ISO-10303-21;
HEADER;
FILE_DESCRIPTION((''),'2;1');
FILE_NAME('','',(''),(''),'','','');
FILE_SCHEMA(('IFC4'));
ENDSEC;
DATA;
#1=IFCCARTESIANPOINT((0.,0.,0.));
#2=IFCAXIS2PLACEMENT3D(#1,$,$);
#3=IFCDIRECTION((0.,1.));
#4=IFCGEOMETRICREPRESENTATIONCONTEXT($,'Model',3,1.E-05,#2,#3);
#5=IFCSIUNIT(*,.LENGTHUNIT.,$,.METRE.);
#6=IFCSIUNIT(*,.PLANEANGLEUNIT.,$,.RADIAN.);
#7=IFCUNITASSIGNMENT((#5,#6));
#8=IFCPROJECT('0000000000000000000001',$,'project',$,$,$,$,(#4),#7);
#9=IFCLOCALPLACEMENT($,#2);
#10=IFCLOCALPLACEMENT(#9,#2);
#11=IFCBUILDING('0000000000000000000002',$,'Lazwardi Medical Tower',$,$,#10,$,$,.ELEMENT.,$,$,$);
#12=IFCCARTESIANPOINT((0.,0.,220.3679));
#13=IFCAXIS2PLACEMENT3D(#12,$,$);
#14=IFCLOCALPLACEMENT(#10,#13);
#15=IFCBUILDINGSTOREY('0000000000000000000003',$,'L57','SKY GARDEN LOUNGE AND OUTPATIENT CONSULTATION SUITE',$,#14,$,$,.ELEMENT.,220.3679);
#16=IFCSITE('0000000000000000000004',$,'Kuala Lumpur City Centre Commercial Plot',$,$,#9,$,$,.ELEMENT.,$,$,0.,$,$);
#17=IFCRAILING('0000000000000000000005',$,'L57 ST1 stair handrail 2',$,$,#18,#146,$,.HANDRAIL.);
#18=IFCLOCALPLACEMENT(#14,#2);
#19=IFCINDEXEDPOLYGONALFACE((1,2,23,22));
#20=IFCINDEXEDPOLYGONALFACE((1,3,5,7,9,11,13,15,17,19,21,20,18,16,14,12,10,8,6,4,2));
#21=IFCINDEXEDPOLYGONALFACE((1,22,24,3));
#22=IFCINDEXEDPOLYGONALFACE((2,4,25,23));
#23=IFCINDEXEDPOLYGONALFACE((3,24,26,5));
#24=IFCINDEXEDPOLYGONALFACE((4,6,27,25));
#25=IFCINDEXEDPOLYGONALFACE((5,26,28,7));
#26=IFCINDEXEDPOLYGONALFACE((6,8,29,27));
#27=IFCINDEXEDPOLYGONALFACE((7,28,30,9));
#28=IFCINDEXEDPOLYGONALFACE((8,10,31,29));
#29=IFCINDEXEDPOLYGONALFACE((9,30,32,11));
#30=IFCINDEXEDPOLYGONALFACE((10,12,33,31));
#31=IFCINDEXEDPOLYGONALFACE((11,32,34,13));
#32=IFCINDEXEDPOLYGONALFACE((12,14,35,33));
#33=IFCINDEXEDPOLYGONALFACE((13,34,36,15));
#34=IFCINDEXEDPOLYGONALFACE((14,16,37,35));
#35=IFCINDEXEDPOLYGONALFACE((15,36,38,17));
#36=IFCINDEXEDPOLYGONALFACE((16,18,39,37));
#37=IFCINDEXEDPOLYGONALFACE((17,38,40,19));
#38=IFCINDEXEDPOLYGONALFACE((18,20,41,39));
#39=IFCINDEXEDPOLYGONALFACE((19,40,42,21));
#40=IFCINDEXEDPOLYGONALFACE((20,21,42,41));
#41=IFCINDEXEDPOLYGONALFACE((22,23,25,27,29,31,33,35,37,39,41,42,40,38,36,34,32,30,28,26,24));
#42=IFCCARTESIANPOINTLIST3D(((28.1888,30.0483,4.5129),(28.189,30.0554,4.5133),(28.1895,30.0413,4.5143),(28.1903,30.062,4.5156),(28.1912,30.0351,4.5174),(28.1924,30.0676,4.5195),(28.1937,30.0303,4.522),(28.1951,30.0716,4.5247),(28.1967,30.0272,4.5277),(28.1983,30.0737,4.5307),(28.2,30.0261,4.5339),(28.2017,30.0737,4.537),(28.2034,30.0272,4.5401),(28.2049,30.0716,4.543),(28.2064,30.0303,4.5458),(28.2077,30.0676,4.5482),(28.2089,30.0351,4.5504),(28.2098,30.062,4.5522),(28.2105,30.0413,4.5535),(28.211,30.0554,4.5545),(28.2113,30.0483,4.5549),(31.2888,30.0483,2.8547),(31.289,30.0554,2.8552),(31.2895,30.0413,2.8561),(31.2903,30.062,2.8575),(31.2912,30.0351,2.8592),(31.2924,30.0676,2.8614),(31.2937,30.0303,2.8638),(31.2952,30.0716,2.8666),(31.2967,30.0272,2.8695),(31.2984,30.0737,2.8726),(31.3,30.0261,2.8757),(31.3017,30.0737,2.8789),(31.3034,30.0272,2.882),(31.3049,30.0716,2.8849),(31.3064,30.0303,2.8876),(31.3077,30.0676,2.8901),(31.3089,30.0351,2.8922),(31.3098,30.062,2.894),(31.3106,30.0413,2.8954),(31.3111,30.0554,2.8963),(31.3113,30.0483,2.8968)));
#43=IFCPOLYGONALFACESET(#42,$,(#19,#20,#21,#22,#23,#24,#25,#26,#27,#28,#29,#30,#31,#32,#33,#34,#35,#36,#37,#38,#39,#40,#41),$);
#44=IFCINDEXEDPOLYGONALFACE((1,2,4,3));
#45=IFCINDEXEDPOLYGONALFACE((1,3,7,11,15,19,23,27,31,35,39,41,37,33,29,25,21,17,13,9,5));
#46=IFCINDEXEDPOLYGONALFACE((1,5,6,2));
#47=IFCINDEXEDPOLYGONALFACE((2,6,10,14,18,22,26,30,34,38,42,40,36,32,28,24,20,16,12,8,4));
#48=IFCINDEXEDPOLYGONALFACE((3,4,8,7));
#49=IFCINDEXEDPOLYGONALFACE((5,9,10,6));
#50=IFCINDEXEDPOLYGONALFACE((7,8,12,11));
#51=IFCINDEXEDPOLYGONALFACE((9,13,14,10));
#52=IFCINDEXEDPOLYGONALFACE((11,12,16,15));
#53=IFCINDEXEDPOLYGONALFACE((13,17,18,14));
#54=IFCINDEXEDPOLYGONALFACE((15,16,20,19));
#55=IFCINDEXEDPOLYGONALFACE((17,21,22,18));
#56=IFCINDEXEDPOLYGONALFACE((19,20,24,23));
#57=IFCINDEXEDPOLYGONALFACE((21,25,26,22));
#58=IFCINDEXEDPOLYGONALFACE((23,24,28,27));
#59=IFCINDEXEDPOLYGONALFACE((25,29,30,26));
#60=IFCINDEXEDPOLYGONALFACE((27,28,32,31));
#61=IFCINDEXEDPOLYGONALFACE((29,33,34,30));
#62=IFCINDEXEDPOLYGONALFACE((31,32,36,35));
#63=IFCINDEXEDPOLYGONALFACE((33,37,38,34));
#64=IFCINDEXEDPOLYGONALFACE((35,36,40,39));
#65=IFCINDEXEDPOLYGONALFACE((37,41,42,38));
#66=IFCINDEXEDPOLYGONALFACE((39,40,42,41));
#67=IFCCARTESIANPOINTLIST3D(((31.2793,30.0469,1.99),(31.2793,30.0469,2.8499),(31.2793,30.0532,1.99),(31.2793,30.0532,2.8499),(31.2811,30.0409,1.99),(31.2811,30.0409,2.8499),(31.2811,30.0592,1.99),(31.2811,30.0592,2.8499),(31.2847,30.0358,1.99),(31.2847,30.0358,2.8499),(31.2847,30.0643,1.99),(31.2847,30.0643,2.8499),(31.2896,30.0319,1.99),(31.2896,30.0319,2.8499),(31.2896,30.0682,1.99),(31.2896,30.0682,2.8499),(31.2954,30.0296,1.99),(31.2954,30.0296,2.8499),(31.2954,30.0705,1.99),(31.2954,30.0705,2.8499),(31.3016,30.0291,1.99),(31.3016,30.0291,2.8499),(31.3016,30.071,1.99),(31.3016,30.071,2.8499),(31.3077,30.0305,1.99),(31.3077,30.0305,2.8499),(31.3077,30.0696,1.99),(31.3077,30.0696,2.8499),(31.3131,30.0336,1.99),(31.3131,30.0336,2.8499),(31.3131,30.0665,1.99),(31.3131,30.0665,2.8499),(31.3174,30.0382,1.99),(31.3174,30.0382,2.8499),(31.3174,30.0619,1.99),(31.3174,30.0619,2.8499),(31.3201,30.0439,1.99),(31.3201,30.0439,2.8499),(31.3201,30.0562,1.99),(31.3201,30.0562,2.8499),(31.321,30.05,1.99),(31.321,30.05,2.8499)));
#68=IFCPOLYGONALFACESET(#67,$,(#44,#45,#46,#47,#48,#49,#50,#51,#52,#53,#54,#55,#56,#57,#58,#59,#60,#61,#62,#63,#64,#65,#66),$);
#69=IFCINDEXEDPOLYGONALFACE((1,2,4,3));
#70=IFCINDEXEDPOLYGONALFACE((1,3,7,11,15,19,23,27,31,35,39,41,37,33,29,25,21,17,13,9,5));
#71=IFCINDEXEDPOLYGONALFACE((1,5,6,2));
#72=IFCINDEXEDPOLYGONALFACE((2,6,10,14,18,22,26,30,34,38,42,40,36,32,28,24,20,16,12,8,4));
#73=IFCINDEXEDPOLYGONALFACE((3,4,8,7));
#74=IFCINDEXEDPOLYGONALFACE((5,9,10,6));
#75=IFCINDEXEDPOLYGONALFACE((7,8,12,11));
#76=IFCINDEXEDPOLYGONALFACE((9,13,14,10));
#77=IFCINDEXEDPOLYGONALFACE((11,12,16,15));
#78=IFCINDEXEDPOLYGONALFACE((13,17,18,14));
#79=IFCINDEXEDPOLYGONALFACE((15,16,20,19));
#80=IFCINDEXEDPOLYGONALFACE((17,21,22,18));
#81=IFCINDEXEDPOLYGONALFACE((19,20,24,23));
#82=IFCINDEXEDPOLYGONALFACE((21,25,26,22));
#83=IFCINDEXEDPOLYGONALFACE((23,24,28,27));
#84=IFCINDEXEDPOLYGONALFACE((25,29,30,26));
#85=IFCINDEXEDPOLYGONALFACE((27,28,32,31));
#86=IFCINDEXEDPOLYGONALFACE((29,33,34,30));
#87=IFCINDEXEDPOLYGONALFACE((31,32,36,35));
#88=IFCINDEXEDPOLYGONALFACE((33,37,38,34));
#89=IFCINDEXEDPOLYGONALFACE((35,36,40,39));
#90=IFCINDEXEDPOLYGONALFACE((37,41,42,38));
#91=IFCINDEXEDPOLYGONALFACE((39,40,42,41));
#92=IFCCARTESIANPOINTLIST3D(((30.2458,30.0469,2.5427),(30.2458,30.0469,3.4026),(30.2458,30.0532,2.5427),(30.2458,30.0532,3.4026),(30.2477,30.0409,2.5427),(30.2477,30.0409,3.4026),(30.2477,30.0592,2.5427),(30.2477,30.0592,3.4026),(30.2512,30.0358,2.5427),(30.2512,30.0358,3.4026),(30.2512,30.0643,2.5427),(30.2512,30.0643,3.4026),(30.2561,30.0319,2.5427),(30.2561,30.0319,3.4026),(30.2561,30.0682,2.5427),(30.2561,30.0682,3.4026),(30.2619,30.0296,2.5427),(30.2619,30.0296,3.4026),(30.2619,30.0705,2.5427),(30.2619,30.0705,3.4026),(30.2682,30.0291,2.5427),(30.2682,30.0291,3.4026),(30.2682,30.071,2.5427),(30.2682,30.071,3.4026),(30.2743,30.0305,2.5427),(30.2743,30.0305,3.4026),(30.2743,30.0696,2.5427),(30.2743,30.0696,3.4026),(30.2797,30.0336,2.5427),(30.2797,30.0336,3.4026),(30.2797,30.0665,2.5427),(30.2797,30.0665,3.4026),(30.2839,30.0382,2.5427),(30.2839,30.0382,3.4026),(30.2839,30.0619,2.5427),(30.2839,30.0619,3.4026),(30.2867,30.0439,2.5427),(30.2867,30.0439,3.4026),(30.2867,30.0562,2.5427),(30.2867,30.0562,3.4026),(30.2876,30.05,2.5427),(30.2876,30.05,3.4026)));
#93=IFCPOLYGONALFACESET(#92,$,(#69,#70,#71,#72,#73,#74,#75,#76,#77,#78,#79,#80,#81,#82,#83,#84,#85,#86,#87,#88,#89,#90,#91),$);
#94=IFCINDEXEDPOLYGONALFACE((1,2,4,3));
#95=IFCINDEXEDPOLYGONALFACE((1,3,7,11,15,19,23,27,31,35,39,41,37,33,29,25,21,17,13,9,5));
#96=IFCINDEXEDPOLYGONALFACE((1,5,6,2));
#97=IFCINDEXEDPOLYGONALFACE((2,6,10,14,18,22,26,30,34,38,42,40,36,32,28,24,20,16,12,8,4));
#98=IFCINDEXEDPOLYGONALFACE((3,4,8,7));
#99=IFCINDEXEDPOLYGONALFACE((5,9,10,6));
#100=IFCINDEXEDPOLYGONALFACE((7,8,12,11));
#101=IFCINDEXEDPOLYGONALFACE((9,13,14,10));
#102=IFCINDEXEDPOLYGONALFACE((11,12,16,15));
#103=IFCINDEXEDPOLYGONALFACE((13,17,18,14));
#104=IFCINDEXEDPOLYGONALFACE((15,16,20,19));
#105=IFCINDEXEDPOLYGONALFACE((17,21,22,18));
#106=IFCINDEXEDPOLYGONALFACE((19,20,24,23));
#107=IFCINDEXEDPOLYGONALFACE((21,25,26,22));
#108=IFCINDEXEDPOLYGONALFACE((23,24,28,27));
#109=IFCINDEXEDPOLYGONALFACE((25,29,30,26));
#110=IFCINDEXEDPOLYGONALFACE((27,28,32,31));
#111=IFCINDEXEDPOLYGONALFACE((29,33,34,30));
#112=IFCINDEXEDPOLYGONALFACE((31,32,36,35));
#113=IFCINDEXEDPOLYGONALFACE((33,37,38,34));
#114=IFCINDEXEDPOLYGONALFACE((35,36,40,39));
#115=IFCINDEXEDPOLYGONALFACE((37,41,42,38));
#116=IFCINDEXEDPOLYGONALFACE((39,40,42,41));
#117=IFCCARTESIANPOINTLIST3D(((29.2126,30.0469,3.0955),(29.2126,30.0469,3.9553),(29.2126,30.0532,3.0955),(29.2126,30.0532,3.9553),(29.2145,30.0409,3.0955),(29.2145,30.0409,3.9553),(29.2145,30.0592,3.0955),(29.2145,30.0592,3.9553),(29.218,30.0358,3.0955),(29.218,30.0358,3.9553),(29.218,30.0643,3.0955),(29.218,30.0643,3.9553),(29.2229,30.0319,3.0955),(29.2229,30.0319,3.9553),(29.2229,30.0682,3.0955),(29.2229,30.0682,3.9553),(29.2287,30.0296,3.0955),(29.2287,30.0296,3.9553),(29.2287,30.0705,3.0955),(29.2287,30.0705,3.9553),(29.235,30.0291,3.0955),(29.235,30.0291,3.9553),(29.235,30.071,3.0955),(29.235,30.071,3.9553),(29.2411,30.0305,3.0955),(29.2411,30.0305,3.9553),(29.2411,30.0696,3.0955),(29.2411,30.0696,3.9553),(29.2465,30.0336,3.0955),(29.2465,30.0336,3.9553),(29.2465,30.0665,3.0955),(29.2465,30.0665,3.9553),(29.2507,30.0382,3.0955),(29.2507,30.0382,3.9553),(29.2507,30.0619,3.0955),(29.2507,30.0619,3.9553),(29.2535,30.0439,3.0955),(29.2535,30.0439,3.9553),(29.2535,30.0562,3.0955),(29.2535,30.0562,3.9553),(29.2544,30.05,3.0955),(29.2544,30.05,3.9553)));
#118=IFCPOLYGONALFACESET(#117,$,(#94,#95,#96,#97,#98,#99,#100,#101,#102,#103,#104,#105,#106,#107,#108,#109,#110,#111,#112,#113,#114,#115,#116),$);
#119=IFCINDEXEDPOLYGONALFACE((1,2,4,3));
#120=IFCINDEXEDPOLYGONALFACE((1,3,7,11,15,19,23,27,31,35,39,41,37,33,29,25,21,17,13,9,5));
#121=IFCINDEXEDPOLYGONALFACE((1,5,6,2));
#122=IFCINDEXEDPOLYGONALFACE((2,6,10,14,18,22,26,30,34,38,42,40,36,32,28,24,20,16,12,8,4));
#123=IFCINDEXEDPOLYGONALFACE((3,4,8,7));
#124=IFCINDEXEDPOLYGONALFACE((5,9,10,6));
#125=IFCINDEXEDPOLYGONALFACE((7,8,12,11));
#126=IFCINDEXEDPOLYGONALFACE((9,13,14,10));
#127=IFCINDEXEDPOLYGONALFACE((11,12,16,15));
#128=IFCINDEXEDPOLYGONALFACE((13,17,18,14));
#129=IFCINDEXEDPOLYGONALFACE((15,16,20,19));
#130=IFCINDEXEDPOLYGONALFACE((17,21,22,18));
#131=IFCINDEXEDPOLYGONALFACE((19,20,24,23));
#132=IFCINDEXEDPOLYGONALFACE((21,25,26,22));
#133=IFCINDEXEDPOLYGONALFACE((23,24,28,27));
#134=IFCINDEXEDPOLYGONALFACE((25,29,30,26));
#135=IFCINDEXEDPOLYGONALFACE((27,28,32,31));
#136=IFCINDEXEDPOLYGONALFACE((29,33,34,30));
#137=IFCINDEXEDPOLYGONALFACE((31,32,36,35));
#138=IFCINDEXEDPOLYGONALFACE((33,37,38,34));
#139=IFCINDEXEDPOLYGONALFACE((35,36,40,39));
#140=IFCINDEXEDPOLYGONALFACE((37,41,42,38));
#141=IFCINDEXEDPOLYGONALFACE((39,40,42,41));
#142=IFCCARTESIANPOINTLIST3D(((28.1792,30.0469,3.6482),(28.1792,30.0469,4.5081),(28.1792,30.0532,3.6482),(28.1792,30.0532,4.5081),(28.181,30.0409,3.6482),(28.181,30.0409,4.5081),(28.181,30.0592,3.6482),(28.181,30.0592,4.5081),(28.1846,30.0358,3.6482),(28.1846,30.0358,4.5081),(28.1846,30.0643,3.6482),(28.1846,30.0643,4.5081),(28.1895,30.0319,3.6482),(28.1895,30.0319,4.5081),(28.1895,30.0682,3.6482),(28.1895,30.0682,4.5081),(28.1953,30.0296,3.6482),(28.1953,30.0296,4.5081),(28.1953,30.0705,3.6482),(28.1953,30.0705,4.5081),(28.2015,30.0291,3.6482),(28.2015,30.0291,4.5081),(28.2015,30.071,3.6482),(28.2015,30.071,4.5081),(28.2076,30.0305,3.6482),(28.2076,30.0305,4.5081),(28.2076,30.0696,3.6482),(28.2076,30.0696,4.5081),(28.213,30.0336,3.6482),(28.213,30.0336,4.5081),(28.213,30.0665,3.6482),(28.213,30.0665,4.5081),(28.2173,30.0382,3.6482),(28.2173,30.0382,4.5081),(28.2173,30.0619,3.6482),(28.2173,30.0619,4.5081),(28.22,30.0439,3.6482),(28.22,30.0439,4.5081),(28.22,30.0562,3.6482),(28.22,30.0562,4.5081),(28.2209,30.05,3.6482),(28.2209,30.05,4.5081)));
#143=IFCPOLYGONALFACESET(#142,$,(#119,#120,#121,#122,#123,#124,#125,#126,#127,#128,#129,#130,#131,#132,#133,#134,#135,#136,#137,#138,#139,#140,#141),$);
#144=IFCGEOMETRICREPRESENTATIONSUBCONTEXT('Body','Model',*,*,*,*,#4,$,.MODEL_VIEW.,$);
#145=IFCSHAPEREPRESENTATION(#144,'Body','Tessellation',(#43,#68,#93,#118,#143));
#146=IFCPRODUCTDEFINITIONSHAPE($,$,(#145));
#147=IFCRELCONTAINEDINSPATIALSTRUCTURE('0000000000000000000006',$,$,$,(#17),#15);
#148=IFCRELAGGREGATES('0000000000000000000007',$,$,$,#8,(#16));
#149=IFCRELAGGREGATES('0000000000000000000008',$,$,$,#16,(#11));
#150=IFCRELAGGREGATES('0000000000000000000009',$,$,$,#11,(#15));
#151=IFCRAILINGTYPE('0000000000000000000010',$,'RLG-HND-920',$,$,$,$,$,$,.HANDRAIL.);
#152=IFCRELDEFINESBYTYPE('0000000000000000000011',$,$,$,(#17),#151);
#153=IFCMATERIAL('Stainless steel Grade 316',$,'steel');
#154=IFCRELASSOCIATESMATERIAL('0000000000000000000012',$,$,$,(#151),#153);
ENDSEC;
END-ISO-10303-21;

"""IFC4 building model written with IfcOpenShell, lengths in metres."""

from ifc_helpers import new_model, si_unit, direction, frame, origin, origin_2d, place, context, subcontext, project, spatial, circle, extrude, material, type_object, element, save


model = new_model("IFC4")

# Units and contexts
model_context = context("Model", 3, precision=1e-05, world=origin(), true_north=direction((0.0, 1.0)))
body_context = subcontext(model_context, "Body", "Model", "MODEL_VIEW")
ifc_project = project(units=[si_unit("LENGTHUNIT", "METRE"), si_unit("PLANEANGLEUNIT", "RADIAN")], contexts=[model_context])

# Site, building, storey
site_placement = place(None, origin())
site = spatial("IfcSite", under=ifc_project, at=site_placement, Name="Kuala Lumpur City Centre Commercial Plot", CompositionType="ELEMENT", RefElevation=0.0)
building_placement = place(site_placement, origin())
building = spatial("IfcBuilding", under=site, at=building_placement, Name="Lazwardi Medical Tower", CompositionType="ELEMENT")
storey_placement = place(building_placement, frame((0.0, 0.0, 220.3679)))
storey = spatial("IfcBuildingStorey", under=building, at=storey_placement, Name="L57", Description="SKY GARDEN LOUNGE AND OUTPATIENT CONSULTATION SUITE", CompositionType="ELEMENT", Elevation=220.3679)

# Railing
ifc_material_1 = material(Name="Stainless steel Grade 316", Category="steel")
railing_type_1 = type_object("IfcRailingType", Name="RLG-HND-920", PredefinedType="HANDRAIL", material=ifc_material_1)
railing_1_placement = place(storey_placement, frame((31.3, 30.05, 1.99)))
element("IfcRailing", 1, at=railing_1_placement, inside=storey, type_object=railing_type_1, Name="L57 ST1 stair handrail 2", PredefinedType="HANDRAIL", context=body_context, shape_type="SweptSolid", body=[
    extrude(circle(Radius=0.0239, at=origin_2d()), frame((0.0, 0.0, 0.8857), z_axis=(-0.881783, 0.0, 0.471655), x_axis=(0.0, -1.0, 0.0)), (0.0, 0.0, 1.0), 3.5156),
    extrude(circle(Radius=0.021, at=origin_2d()), origin(), (0.0, 0.0, 1.0), 0.8599),
    extrude(circle(Radius=0.021, at=origin_2d()), frame((-1.0334, 0.0, 0.5527)), (0.0, 0.0, 1.0), 0.8599),
    extrude(circle(Radius=0.021, at=origin_2d()), frame((-2.0667, 0.0, 1.1055)), (0.0, 0.0, 1.0), 0.8599),
    extrude(circle(Radius=0.021, at=origin_2d()), frame((-3.1001, 0.0, 1.6582)), (0.0, 0.0, 1.0), 0.8599),
])

save(model, "model.ifc")
